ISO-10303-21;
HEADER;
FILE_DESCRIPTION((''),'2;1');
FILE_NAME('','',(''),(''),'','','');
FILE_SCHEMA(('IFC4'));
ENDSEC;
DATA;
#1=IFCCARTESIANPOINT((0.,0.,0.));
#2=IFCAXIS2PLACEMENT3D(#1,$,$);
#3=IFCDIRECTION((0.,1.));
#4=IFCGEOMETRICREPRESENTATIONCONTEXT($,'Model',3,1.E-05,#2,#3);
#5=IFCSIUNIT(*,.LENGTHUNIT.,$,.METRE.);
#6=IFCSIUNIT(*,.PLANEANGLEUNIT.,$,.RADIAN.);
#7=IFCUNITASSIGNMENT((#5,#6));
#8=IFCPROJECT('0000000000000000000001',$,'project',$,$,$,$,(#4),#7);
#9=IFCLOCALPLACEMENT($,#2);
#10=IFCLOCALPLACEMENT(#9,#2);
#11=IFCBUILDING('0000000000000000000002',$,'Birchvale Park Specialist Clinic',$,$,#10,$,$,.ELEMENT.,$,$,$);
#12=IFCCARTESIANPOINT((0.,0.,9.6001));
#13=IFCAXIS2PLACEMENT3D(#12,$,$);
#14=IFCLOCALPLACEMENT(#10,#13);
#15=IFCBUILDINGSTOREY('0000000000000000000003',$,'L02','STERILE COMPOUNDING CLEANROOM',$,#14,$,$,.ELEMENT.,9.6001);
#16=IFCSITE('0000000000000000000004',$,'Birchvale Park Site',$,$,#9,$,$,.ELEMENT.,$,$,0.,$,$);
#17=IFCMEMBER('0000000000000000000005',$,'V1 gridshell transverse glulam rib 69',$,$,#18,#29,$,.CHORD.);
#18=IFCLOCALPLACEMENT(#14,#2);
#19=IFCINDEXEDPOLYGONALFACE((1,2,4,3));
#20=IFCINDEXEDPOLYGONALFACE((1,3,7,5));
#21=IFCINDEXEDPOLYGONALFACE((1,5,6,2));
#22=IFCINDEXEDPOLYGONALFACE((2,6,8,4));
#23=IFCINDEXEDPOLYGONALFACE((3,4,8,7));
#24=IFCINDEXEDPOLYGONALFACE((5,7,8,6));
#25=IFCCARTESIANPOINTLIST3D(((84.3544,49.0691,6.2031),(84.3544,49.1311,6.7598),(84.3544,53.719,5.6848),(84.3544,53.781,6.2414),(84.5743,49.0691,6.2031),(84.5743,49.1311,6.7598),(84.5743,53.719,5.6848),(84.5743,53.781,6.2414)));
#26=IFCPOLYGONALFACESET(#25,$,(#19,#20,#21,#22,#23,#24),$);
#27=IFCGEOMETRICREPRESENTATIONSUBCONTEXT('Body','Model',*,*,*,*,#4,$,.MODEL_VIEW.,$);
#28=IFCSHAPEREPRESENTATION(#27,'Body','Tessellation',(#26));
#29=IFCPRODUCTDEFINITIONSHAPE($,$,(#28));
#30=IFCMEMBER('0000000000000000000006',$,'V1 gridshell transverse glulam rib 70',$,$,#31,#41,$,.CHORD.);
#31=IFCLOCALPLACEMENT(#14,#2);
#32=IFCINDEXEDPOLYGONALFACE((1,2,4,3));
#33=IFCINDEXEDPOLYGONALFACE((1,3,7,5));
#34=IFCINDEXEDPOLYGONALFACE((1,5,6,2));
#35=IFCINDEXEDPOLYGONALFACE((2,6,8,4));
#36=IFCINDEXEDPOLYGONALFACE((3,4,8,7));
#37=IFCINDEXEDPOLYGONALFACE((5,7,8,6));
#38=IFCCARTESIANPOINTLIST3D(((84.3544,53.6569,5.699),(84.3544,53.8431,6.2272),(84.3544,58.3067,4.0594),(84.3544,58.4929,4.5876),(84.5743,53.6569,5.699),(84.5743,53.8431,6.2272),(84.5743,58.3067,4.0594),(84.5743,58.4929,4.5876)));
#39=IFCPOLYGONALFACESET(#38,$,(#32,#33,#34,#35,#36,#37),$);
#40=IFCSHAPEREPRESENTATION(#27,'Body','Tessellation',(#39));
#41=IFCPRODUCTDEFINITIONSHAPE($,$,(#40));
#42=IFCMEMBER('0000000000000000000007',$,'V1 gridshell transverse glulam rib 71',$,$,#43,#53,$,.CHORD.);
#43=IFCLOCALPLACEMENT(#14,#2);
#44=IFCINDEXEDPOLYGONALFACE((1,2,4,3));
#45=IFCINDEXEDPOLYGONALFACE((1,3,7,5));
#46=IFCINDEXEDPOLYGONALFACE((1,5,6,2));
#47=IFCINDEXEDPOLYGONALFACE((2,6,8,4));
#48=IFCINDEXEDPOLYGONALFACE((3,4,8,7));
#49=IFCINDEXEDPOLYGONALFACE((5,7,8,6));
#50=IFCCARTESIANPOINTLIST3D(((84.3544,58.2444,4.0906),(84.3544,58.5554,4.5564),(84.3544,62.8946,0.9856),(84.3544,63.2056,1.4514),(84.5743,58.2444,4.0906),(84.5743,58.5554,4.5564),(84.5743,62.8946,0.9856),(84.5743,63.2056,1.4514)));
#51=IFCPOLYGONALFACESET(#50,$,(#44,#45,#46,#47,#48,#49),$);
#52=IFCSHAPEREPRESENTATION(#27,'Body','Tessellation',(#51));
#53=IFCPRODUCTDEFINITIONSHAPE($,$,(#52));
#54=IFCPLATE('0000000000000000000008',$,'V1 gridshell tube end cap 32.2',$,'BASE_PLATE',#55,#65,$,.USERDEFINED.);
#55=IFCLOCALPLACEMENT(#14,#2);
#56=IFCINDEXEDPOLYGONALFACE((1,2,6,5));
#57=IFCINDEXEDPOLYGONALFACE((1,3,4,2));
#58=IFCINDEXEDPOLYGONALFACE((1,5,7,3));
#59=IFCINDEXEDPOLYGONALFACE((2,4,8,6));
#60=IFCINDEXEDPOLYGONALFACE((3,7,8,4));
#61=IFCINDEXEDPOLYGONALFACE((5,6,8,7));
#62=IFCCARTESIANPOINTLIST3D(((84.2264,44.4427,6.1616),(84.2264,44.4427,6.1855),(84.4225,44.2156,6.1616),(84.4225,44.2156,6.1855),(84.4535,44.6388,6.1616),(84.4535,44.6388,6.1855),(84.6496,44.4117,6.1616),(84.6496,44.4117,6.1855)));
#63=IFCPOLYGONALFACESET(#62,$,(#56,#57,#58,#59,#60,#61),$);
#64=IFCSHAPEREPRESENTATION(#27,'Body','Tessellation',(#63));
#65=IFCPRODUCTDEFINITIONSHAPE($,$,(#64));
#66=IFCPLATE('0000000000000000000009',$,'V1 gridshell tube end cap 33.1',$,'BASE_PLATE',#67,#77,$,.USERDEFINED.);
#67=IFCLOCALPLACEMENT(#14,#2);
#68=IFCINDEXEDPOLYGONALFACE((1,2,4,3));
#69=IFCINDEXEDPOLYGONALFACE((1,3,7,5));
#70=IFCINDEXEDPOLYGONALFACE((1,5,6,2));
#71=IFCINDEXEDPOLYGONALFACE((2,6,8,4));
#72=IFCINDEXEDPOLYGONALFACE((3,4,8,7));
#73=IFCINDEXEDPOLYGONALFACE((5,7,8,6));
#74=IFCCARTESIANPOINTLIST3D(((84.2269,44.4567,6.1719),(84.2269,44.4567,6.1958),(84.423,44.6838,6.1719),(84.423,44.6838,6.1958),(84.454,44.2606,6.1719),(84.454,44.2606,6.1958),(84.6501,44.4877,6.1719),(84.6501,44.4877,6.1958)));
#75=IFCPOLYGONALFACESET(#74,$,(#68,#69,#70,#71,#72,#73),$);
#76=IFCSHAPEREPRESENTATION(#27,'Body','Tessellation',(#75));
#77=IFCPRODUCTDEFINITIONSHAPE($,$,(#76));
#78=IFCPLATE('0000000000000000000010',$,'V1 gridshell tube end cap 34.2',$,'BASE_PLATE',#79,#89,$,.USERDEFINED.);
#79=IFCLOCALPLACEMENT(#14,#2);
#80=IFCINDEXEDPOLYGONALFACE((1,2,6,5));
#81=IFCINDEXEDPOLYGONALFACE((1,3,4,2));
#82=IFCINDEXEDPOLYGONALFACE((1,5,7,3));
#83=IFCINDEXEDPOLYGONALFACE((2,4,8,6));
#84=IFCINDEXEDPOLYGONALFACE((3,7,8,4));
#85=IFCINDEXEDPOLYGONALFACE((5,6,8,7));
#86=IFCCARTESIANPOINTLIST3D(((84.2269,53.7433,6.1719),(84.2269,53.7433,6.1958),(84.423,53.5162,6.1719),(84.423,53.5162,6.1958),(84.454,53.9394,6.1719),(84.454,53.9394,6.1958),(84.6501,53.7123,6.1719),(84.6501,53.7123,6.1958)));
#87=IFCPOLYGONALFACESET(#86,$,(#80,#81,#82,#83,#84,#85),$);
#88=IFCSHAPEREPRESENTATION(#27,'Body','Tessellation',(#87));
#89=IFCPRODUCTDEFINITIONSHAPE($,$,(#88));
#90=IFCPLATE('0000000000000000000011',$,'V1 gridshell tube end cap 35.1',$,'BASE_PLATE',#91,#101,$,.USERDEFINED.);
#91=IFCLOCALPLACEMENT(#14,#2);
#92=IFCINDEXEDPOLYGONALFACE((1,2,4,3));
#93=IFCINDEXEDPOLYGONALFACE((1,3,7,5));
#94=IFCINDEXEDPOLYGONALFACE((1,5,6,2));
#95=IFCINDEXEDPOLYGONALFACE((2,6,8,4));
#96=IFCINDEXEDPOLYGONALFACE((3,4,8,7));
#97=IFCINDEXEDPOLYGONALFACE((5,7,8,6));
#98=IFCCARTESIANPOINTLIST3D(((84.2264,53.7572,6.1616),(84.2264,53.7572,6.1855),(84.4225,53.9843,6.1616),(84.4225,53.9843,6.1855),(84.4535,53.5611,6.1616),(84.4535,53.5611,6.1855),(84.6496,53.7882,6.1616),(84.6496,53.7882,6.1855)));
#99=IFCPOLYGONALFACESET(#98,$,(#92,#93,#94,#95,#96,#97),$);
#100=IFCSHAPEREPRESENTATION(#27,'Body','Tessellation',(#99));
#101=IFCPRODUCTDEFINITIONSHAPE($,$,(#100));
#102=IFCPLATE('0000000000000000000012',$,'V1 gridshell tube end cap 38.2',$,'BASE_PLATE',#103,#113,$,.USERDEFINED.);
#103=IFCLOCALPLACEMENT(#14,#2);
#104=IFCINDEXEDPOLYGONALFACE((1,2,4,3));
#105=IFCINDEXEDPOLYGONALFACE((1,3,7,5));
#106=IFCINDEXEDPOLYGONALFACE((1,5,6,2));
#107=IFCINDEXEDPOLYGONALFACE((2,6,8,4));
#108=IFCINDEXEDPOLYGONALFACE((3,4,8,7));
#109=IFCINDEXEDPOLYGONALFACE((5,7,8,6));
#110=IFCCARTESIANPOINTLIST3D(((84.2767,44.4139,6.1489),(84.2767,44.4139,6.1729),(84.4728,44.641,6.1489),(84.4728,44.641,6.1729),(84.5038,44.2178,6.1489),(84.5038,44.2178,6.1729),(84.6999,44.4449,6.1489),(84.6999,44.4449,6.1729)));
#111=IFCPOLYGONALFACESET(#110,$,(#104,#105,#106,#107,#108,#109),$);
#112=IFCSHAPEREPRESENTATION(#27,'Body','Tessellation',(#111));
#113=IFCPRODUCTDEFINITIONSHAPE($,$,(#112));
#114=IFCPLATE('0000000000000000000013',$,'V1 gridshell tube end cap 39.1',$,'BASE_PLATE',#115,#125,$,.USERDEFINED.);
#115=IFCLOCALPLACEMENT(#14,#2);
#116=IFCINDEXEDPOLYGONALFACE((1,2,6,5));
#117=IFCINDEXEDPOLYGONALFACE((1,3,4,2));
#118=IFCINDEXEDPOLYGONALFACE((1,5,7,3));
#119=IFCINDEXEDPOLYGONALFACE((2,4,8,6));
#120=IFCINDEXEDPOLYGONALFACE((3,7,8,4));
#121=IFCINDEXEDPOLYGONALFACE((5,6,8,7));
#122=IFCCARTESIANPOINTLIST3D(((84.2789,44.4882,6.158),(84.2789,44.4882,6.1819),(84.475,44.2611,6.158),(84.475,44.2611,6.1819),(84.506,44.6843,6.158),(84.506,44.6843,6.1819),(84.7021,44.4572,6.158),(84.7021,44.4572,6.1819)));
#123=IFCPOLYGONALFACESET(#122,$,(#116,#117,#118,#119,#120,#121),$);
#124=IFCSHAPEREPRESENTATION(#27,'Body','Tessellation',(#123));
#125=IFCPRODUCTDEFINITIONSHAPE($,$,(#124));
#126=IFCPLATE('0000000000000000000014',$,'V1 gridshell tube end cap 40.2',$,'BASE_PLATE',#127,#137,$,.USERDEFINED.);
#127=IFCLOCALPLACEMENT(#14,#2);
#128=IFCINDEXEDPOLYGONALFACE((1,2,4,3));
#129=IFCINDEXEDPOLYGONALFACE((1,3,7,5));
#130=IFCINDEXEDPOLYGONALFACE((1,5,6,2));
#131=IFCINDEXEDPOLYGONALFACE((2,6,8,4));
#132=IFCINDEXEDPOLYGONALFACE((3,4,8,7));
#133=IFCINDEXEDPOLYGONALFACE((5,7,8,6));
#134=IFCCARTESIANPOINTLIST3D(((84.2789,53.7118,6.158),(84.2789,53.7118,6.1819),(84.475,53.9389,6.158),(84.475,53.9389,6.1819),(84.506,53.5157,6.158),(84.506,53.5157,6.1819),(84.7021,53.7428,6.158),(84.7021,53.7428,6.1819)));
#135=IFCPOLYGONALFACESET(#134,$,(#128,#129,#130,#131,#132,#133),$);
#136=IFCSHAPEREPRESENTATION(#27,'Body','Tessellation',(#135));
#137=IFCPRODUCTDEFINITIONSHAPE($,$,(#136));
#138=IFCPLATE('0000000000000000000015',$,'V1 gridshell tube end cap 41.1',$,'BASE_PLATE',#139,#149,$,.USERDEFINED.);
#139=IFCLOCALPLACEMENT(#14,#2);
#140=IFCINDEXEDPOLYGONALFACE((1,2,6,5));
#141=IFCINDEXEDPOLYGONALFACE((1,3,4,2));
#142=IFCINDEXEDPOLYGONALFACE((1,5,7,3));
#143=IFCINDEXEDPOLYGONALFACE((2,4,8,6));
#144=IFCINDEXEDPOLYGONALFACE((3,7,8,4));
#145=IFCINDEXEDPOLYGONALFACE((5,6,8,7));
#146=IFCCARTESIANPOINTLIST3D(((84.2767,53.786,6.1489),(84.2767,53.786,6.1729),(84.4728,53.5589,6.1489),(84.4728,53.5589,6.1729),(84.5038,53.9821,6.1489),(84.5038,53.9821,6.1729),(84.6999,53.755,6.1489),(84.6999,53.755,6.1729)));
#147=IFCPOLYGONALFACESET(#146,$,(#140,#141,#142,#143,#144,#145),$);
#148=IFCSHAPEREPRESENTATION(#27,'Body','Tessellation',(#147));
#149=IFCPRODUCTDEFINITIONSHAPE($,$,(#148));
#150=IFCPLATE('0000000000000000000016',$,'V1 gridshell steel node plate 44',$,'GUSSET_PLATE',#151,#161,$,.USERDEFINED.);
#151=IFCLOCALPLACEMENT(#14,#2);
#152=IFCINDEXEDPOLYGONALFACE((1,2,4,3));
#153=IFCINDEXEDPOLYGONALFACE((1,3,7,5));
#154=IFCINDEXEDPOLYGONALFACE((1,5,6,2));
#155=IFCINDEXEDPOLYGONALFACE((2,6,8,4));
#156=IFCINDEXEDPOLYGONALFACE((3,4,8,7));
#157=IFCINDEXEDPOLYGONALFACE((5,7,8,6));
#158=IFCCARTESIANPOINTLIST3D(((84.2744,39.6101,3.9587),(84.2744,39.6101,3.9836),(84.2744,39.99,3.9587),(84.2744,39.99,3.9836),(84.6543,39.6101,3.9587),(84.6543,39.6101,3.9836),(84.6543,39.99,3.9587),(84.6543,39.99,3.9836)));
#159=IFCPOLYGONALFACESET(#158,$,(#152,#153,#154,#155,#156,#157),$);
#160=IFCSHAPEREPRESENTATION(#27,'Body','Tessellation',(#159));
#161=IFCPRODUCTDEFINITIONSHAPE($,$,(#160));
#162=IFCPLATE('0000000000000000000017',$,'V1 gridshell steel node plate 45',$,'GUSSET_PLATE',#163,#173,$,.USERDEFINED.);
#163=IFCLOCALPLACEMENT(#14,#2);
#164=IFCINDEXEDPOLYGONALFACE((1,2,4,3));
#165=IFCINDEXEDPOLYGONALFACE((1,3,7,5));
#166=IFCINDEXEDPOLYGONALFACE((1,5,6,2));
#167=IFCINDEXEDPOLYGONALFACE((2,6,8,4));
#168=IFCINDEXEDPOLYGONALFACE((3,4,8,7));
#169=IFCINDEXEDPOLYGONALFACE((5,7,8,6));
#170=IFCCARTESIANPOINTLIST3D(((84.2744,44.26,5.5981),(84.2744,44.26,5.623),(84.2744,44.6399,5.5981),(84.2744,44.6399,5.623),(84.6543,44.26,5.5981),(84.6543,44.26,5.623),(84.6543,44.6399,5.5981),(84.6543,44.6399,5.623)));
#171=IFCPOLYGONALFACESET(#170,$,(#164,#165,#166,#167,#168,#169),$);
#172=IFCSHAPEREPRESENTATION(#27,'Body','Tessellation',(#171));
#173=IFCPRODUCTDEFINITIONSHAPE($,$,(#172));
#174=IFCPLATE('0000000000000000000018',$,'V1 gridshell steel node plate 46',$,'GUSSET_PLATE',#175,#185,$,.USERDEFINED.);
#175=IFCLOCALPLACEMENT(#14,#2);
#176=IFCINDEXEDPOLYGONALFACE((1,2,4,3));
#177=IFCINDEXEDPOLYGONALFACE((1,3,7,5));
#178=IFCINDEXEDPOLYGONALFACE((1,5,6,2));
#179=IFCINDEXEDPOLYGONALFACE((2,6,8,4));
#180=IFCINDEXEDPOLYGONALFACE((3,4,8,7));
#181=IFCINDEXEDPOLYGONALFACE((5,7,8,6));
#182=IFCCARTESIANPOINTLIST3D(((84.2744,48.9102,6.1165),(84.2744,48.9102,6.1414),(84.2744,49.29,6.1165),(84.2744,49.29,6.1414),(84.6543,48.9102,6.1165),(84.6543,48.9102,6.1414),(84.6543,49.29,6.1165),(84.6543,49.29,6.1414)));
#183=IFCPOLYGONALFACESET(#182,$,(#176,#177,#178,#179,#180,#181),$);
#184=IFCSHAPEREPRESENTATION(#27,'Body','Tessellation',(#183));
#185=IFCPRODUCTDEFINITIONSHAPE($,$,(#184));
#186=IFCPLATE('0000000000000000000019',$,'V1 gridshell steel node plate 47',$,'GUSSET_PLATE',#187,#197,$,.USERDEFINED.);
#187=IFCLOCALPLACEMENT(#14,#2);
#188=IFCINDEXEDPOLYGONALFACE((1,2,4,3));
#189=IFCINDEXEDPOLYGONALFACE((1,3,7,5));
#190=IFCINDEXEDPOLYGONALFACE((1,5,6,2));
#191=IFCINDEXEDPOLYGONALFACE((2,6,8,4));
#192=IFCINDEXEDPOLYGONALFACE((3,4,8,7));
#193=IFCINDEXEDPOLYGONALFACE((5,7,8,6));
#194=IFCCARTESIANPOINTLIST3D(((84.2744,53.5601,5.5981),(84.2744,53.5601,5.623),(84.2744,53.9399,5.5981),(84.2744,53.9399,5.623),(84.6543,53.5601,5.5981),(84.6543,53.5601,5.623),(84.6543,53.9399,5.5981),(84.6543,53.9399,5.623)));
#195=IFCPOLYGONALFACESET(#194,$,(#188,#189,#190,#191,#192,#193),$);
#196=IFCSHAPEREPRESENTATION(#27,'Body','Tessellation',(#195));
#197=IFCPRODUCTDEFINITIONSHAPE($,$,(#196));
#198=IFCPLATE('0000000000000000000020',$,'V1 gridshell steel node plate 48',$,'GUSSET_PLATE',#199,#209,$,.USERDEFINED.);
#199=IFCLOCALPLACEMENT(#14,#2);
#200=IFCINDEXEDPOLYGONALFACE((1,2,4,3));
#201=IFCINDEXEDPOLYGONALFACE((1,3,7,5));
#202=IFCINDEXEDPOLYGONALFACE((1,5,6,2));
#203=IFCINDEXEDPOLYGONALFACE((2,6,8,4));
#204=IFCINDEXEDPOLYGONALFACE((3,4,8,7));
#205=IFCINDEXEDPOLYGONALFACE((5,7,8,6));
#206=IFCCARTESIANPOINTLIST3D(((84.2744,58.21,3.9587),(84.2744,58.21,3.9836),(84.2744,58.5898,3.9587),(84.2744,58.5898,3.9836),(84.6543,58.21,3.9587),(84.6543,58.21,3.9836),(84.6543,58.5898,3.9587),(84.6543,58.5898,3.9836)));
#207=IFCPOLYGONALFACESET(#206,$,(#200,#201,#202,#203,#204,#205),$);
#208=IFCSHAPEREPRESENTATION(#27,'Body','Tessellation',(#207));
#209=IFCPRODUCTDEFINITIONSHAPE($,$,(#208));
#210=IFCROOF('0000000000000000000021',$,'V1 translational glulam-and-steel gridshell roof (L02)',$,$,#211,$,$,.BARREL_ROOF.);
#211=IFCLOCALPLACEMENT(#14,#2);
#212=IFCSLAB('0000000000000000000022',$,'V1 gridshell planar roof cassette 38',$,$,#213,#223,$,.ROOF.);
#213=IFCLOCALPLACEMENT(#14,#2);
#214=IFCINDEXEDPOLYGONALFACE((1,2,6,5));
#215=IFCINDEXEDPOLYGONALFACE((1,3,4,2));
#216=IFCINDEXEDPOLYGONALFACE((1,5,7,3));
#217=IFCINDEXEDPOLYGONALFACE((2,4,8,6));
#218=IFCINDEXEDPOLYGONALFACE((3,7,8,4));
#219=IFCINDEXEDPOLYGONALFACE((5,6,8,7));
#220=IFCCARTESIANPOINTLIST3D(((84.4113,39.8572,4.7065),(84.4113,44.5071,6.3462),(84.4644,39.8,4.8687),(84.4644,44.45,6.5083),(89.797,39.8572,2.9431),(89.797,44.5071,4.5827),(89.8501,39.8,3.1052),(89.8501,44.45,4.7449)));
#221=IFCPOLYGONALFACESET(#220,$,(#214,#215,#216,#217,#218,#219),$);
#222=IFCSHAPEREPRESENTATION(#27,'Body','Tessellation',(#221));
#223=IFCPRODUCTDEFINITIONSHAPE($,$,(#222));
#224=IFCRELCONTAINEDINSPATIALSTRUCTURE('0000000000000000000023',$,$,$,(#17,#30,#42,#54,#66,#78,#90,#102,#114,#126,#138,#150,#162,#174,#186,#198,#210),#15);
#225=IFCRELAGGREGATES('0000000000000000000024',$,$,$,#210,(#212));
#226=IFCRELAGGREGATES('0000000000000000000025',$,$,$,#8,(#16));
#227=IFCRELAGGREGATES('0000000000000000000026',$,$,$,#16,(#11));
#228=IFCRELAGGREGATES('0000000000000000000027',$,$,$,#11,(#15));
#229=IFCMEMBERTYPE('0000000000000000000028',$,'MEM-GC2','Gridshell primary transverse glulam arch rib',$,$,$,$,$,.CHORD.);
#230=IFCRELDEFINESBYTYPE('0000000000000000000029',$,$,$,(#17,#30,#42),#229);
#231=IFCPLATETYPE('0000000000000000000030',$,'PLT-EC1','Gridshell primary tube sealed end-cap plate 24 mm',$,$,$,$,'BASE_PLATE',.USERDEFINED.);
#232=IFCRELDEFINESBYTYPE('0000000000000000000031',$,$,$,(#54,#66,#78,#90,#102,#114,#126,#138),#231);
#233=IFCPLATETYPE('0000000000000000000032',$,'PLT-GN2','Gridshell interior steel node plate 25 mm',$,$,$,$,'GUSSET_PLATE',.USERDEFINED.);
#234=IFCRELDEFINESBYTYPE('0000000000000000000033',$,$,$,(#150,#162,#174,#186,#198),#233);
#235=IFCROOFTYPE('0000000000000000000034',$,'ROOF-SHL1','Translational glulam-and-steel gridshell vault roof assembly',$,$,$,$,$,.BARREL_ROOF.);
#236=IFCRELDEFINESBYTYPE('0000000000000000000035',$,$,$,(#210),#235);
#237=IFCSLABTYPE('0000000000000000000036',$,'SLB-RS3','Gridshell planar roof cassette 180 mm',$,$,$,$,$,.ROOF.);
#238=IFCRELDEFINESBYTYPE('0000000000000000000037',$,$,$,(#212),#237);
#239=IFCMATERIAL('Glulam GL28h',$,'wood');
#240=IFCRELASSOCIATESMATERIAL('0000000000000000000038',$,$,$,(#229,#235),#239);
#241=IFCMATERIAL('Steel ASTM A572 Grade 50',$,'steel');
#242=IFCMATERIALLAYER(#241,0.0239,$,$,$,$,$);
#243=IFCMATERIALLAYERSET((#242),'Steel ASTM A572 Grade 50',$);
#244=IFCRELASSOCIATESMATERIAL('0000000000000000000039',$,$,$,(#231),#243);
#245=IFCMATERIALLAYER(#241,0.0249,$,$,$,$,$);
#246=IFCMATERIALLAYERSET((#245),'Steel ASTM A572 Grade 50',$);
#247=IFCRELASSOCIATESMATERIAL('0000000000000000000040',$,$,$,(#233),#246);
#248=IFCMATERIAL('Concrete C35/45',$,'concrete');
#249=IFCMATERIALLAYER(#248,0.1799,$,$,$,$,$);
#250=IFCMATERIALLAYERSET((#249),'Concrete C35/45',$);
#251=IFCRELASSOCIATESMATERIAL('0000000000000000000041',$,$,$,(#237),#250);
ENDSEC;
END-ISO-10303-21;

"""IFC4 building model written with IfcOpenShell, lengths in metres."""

from ifc_helpers import new_model, si_unit, direction, frame, origin, origin_2d, place, context, subcontext, project, spatial, polyline, rectangle, outline, extrude, material, layer, layer_set, material_profile, profile_set, type_object, element, aggregate, save


model = new_model("IFC4")

# Units and contexts
model_context = context("Model", 3, precision=1e-05, world=origin(), true_north=direction((0.0, 1.0)))
body_context = subcontext(model_context, "Body", "Model", "MODEL_VIEW")
ifc_project = project(units=[si_unit("LENGTHUNIT", "METRE"), si_unit("PLANEANGLEUNIT", "RADIAN")], contexts=[model_context])

# Site, building, storey
site_placement = place(None, origin())
site = spatial("IfcSite", under=ifc_project, at=site_placement, Name="Birchvale Park Site", CompositionType="ELEMENT", RefElevation=0.0)
building_placement = place(site_placement, origin())
building = spatial("IfcBuilding", under=site, at=building_placement, Name="Birchvale Park Specialist Clinic", CompositionType="ELEMENT")
storey_placement = place(building_placement, frame((0.0, 0.0, 9.6001)))
storey = spatial("IfcBuildingStorey", under=building, at=storey_placement, Name="L02", Description="STERILE COMPOUNDING CLEANROOM", CompositionType="ELEMENT", Elevation=9.6001)

# Members
ifc_material_1 = material(Name="Glulam GL28h", Category="wood")
ifc_material_profile_1 = material_profile(ifc_material_1, rectangle(XDim=0.22, YDim=0.5601, at=origin_2d()), Name="GL-220x560")
ifc_profile_set_1 = profile_set([ifc_material_profile_1], Name="Glulam GL28h")
member_type_1 = type_object("IfcMemberType", Name="MEM-GC2", Description="Gridshell primary transverse glulam arch rib", PredefinedType="CHORD", material=ifc_profile_set_1)
member_1_placement = place(storey_placement, frame((84.4644, 49.1001, 6.4814), z_axis=(0.0, 0.993845, -0.110781), x_axis=(-1.0, 0.0, 0.0)))
element("IfcMember", 1, at=member_1_placement, inside=storey, type_object=member_type_1, Name="V1 gridshell transverse glulam rib 69", PredefinedType="CHORD", context=body_context, shape_type="SweptSolid", body=[
    extrude(rectangle(XDim=0.22, YDim=0.5601, at=origin_2d()), origin(), (0.0, 0.0, 1.0), 4.6787),
])
member_2_placement = place(storey_placement, frame((84.4644, 53.75, 5.9631), z_axis=(0.0, 0.943085, -0.332551), x_axis=(-1.0, 0.0, 0.0)))
element("IfcMember", 2, at=member_2_placement, inside=storey, type_object=member_type_1, Name="V1 gridshell transverse glulam rib 70", PredefinedType="CHORD", context=body_context, shape_type="SweptSolid", body=[
    extrude(rectangle(XDim=0.22, YDim=0.5601, at=origin_2d()), origin(), (0.0, 0.0, 1.0), 4.9304),
])
member_3_placement = place(storey_placement, frame((84.4644, 58.3999, 4.3235), z_axis=(0.0, 0.831647, -0.555305), x_axis=(-1.0, 0.0, 0.0)))
element("IfcMember", 3, at=member_3_placement, inside=storey, type_object=member_type_1, Name="V1 gridshell transverse glulam rib 71", PredefinedType="CHORD", context=body_context, shape_type="SweptSolid", body=[
    extrude(rectangle(XDim=0.22, YDim=0.5601, at=origin_2d()), origin(), (0.0, 0.0, 1.0), 5.5916),
])

# Plates
ifc_material_2 = material(Name="Steel ASTM A572 Grade 50", Category="steel")
ifc_layer_1 = layer(ifc_material_2, 0.0239)
ifc_layer_set_1 = layer_set([ifc_layer_1], Name="Steel ASTM A572 Grade 50")
plate_type_1 = type_object("IfcPlateType", Name="PLT-EC1", Description="Gridshell primary tube sealed end-cap plate 24 mm", ElementType="BASE_PLATE", PredefinedType="USERDEFINED", material=ifc_layer_set_1)
for number, where, z_axis, x_axis, name in (
    (4, (84.438, 44.4272, 6.1616), (0.0, 0.0, 1.0), (0.756881, 0.653553, 0.0), "V1 gridshell tube end cap 32.2"),
    (5, (84.4385, 44.4722, 6.1719), (0.0, 0.0, 1.0), (-0.756881, 0.653553, 0.0), "V1 gridshell tube end cap 33.1"),
    (6, (84.4385, 53.7278, 6.1719), (0.0, 0.0, 1.0), (0.756881, 0.653553, 0.0), "V1 gridshell tube end cap 34.2"),
    (7, (84.438, 53.7727, 6.1616), (0.0, 0.0, 1.0), (-0.756881, 0.653553, 0.0), "V1 gridshell tube end cap 35.1"),
    (8, (84.4883, 44.4294, 6.1489), (0.0, 0.0, 1.0), (-0.756881, 0.653553, 0.0), "V1 gridshell tube end cap 38.2"),
    (9, (84.4905, 44.4727, 6.158), (0.0, 0.0, 1.0), (0.756881, 0.653553, 0.0), "V1 gridshell tube end cap 39.1"),
    (10, (84.4905, 53.7273, 6.158), (0.0, 0.0, 1.0), (-0.756881, 0.653553, 0.0), "V1 gridshell tube end cap 40.2"),
    (11, (84.4883, 53.7705, 6.1489), (0.0, 0.0, 1.0), (0.756881, 0.653553, 0.0), "V1 gridshell tube end cap 41.1"),
):
    element("IfcPlate", number, at=place(storey_placement, frame(where, z_axis=z_axis, x_axis=x_axis)), inside=storey, type_object=plate_type_1, Name=name, ObjectType="BASE_PLATE", PredefinedType="USERDEFINED", context=body_context, shape_type="SweptSolid", body=[
        extrude(rectangle(XDim=0.3, YDim=0.3, at=origin_2d()), origin(), (0.0, 0.0, 1.0), 0.0239),
    ])
ifc_layer_2 = layer(ifc_material_2, 0.0249)
ifc_layer_set_2 = layer_set([ifc_layer_2], Name="Steel ASTM A572 Grade 50")
plate_type_2 = type_object("IfcPlateType", Name="PLT-GN2", Description="Gridshell interior steel node plate 25 mm", ElementType="GUSSET_PLATE", PredefinedType="USERDEFINED", material=ifc_layer_set_2)
for number, where, z_axis, x_axis, name in (
    (12, (84.4644, 39.8, 3.9587), (0.0, 0.0, 1.0), (1.0, 0.0, 0.0), "V1 gridshell steel node plate 44"),
    (13, (84.4644, 44.45, 5.5981), (0.0, 0.0, 1.0), (1.0, 0.0, 0.0), "V1 gridshell steel node plate 45"),
    (14, (84.4644, 49.1001, 6.1165), (0.0, 0.0, 1.0), (1.0, 0.0, 0.0), "V1 gridshell steel node plate 46"),
    (15, (84.4644, 53.75, 5.5981), (0.0, 0.0, 1.0), (1.0, 0.0, 0.0), "V1 gridshell steel node plate 47"),
    (16, (84.4644, 58.3999, 3.9587), (0.0, 0.0, 1.0), (1.0, 0.0, 0.0), "V1 gridshell steel node plate 48"),
):
    element("IfcPlate", number, at=place(storey_placement, frame(where, z_axis=z_axis, x_axis=x_axis)), inside=storey, type_object=plate_type_2, Name=name, ObjectType="GUSSET_PLATE", PredefinedType="USERDEFINED", context=body_context, shape_type="SweptSolid", body=[
        extrude(rectangle(XDim=0.3799, YDim=0.3799, at=origin_2d()), origin(), (0.0, 0.0, 1.0), 0.0249),
    ])

# Roof, slab
roof_type = type_object("IfcRoofType", Name="ROOF-SHL1", Description="Translational glulam-and-steel gridshell vault roof assembly", PredefinedType="BARREL_ROOF", material=ifc_material_1)
roof_placement = place(storey_placement, origin())
roof = element("IfcRoof", 17, at=roof_placement, inside=storey, type_object=roof_type, Name="V1 translational glulam-and-steel gridshell roof (L02)", PredefinedType="BARREL_ROOF")
ifc_material_3 = material(Name="Concrete C35/45", Category="concrete")
ifc_layer_3 = layer(ifc_material_3, 0.1799)
ifc_layer_set_3 = layer_set([ifc_layer_3], Name="Concrete C35/45")
slab_type = type_object("IfcSlabType", Name="SLB-RS3", Description="Gridshell planar roof cassette 180 mm", PredefinedType="ROOF", material=ifc_layer_set_3)
slab_1_placement = place(storey_placement, frame((84.4644, 39.8, 4.8687), z_axis=(0.295044, -0.317747, 0.901103), x_axis=(0.950354, 0.0, -0.31117)))
slab_1 = element("IfcSlab", 18, at=slab_1_placement, type_object=slab_type, Name="V1 gridshell planar roof cassette 38", PredefinedType="ROOF", context=body_context, shape_type="SweptSolid", body=[
    extrude(outline(polyline([(0.0, 0.0), (5.6671, 0.0), (5.1569, 4.9041), (-0.5102, 4.9041), (0.0, 0.0)])), origin(), (0.0, 0.0, -1.0), 0.1799),
])
aggregate(roof, [slab_1])

save(model, "model.ifc")
